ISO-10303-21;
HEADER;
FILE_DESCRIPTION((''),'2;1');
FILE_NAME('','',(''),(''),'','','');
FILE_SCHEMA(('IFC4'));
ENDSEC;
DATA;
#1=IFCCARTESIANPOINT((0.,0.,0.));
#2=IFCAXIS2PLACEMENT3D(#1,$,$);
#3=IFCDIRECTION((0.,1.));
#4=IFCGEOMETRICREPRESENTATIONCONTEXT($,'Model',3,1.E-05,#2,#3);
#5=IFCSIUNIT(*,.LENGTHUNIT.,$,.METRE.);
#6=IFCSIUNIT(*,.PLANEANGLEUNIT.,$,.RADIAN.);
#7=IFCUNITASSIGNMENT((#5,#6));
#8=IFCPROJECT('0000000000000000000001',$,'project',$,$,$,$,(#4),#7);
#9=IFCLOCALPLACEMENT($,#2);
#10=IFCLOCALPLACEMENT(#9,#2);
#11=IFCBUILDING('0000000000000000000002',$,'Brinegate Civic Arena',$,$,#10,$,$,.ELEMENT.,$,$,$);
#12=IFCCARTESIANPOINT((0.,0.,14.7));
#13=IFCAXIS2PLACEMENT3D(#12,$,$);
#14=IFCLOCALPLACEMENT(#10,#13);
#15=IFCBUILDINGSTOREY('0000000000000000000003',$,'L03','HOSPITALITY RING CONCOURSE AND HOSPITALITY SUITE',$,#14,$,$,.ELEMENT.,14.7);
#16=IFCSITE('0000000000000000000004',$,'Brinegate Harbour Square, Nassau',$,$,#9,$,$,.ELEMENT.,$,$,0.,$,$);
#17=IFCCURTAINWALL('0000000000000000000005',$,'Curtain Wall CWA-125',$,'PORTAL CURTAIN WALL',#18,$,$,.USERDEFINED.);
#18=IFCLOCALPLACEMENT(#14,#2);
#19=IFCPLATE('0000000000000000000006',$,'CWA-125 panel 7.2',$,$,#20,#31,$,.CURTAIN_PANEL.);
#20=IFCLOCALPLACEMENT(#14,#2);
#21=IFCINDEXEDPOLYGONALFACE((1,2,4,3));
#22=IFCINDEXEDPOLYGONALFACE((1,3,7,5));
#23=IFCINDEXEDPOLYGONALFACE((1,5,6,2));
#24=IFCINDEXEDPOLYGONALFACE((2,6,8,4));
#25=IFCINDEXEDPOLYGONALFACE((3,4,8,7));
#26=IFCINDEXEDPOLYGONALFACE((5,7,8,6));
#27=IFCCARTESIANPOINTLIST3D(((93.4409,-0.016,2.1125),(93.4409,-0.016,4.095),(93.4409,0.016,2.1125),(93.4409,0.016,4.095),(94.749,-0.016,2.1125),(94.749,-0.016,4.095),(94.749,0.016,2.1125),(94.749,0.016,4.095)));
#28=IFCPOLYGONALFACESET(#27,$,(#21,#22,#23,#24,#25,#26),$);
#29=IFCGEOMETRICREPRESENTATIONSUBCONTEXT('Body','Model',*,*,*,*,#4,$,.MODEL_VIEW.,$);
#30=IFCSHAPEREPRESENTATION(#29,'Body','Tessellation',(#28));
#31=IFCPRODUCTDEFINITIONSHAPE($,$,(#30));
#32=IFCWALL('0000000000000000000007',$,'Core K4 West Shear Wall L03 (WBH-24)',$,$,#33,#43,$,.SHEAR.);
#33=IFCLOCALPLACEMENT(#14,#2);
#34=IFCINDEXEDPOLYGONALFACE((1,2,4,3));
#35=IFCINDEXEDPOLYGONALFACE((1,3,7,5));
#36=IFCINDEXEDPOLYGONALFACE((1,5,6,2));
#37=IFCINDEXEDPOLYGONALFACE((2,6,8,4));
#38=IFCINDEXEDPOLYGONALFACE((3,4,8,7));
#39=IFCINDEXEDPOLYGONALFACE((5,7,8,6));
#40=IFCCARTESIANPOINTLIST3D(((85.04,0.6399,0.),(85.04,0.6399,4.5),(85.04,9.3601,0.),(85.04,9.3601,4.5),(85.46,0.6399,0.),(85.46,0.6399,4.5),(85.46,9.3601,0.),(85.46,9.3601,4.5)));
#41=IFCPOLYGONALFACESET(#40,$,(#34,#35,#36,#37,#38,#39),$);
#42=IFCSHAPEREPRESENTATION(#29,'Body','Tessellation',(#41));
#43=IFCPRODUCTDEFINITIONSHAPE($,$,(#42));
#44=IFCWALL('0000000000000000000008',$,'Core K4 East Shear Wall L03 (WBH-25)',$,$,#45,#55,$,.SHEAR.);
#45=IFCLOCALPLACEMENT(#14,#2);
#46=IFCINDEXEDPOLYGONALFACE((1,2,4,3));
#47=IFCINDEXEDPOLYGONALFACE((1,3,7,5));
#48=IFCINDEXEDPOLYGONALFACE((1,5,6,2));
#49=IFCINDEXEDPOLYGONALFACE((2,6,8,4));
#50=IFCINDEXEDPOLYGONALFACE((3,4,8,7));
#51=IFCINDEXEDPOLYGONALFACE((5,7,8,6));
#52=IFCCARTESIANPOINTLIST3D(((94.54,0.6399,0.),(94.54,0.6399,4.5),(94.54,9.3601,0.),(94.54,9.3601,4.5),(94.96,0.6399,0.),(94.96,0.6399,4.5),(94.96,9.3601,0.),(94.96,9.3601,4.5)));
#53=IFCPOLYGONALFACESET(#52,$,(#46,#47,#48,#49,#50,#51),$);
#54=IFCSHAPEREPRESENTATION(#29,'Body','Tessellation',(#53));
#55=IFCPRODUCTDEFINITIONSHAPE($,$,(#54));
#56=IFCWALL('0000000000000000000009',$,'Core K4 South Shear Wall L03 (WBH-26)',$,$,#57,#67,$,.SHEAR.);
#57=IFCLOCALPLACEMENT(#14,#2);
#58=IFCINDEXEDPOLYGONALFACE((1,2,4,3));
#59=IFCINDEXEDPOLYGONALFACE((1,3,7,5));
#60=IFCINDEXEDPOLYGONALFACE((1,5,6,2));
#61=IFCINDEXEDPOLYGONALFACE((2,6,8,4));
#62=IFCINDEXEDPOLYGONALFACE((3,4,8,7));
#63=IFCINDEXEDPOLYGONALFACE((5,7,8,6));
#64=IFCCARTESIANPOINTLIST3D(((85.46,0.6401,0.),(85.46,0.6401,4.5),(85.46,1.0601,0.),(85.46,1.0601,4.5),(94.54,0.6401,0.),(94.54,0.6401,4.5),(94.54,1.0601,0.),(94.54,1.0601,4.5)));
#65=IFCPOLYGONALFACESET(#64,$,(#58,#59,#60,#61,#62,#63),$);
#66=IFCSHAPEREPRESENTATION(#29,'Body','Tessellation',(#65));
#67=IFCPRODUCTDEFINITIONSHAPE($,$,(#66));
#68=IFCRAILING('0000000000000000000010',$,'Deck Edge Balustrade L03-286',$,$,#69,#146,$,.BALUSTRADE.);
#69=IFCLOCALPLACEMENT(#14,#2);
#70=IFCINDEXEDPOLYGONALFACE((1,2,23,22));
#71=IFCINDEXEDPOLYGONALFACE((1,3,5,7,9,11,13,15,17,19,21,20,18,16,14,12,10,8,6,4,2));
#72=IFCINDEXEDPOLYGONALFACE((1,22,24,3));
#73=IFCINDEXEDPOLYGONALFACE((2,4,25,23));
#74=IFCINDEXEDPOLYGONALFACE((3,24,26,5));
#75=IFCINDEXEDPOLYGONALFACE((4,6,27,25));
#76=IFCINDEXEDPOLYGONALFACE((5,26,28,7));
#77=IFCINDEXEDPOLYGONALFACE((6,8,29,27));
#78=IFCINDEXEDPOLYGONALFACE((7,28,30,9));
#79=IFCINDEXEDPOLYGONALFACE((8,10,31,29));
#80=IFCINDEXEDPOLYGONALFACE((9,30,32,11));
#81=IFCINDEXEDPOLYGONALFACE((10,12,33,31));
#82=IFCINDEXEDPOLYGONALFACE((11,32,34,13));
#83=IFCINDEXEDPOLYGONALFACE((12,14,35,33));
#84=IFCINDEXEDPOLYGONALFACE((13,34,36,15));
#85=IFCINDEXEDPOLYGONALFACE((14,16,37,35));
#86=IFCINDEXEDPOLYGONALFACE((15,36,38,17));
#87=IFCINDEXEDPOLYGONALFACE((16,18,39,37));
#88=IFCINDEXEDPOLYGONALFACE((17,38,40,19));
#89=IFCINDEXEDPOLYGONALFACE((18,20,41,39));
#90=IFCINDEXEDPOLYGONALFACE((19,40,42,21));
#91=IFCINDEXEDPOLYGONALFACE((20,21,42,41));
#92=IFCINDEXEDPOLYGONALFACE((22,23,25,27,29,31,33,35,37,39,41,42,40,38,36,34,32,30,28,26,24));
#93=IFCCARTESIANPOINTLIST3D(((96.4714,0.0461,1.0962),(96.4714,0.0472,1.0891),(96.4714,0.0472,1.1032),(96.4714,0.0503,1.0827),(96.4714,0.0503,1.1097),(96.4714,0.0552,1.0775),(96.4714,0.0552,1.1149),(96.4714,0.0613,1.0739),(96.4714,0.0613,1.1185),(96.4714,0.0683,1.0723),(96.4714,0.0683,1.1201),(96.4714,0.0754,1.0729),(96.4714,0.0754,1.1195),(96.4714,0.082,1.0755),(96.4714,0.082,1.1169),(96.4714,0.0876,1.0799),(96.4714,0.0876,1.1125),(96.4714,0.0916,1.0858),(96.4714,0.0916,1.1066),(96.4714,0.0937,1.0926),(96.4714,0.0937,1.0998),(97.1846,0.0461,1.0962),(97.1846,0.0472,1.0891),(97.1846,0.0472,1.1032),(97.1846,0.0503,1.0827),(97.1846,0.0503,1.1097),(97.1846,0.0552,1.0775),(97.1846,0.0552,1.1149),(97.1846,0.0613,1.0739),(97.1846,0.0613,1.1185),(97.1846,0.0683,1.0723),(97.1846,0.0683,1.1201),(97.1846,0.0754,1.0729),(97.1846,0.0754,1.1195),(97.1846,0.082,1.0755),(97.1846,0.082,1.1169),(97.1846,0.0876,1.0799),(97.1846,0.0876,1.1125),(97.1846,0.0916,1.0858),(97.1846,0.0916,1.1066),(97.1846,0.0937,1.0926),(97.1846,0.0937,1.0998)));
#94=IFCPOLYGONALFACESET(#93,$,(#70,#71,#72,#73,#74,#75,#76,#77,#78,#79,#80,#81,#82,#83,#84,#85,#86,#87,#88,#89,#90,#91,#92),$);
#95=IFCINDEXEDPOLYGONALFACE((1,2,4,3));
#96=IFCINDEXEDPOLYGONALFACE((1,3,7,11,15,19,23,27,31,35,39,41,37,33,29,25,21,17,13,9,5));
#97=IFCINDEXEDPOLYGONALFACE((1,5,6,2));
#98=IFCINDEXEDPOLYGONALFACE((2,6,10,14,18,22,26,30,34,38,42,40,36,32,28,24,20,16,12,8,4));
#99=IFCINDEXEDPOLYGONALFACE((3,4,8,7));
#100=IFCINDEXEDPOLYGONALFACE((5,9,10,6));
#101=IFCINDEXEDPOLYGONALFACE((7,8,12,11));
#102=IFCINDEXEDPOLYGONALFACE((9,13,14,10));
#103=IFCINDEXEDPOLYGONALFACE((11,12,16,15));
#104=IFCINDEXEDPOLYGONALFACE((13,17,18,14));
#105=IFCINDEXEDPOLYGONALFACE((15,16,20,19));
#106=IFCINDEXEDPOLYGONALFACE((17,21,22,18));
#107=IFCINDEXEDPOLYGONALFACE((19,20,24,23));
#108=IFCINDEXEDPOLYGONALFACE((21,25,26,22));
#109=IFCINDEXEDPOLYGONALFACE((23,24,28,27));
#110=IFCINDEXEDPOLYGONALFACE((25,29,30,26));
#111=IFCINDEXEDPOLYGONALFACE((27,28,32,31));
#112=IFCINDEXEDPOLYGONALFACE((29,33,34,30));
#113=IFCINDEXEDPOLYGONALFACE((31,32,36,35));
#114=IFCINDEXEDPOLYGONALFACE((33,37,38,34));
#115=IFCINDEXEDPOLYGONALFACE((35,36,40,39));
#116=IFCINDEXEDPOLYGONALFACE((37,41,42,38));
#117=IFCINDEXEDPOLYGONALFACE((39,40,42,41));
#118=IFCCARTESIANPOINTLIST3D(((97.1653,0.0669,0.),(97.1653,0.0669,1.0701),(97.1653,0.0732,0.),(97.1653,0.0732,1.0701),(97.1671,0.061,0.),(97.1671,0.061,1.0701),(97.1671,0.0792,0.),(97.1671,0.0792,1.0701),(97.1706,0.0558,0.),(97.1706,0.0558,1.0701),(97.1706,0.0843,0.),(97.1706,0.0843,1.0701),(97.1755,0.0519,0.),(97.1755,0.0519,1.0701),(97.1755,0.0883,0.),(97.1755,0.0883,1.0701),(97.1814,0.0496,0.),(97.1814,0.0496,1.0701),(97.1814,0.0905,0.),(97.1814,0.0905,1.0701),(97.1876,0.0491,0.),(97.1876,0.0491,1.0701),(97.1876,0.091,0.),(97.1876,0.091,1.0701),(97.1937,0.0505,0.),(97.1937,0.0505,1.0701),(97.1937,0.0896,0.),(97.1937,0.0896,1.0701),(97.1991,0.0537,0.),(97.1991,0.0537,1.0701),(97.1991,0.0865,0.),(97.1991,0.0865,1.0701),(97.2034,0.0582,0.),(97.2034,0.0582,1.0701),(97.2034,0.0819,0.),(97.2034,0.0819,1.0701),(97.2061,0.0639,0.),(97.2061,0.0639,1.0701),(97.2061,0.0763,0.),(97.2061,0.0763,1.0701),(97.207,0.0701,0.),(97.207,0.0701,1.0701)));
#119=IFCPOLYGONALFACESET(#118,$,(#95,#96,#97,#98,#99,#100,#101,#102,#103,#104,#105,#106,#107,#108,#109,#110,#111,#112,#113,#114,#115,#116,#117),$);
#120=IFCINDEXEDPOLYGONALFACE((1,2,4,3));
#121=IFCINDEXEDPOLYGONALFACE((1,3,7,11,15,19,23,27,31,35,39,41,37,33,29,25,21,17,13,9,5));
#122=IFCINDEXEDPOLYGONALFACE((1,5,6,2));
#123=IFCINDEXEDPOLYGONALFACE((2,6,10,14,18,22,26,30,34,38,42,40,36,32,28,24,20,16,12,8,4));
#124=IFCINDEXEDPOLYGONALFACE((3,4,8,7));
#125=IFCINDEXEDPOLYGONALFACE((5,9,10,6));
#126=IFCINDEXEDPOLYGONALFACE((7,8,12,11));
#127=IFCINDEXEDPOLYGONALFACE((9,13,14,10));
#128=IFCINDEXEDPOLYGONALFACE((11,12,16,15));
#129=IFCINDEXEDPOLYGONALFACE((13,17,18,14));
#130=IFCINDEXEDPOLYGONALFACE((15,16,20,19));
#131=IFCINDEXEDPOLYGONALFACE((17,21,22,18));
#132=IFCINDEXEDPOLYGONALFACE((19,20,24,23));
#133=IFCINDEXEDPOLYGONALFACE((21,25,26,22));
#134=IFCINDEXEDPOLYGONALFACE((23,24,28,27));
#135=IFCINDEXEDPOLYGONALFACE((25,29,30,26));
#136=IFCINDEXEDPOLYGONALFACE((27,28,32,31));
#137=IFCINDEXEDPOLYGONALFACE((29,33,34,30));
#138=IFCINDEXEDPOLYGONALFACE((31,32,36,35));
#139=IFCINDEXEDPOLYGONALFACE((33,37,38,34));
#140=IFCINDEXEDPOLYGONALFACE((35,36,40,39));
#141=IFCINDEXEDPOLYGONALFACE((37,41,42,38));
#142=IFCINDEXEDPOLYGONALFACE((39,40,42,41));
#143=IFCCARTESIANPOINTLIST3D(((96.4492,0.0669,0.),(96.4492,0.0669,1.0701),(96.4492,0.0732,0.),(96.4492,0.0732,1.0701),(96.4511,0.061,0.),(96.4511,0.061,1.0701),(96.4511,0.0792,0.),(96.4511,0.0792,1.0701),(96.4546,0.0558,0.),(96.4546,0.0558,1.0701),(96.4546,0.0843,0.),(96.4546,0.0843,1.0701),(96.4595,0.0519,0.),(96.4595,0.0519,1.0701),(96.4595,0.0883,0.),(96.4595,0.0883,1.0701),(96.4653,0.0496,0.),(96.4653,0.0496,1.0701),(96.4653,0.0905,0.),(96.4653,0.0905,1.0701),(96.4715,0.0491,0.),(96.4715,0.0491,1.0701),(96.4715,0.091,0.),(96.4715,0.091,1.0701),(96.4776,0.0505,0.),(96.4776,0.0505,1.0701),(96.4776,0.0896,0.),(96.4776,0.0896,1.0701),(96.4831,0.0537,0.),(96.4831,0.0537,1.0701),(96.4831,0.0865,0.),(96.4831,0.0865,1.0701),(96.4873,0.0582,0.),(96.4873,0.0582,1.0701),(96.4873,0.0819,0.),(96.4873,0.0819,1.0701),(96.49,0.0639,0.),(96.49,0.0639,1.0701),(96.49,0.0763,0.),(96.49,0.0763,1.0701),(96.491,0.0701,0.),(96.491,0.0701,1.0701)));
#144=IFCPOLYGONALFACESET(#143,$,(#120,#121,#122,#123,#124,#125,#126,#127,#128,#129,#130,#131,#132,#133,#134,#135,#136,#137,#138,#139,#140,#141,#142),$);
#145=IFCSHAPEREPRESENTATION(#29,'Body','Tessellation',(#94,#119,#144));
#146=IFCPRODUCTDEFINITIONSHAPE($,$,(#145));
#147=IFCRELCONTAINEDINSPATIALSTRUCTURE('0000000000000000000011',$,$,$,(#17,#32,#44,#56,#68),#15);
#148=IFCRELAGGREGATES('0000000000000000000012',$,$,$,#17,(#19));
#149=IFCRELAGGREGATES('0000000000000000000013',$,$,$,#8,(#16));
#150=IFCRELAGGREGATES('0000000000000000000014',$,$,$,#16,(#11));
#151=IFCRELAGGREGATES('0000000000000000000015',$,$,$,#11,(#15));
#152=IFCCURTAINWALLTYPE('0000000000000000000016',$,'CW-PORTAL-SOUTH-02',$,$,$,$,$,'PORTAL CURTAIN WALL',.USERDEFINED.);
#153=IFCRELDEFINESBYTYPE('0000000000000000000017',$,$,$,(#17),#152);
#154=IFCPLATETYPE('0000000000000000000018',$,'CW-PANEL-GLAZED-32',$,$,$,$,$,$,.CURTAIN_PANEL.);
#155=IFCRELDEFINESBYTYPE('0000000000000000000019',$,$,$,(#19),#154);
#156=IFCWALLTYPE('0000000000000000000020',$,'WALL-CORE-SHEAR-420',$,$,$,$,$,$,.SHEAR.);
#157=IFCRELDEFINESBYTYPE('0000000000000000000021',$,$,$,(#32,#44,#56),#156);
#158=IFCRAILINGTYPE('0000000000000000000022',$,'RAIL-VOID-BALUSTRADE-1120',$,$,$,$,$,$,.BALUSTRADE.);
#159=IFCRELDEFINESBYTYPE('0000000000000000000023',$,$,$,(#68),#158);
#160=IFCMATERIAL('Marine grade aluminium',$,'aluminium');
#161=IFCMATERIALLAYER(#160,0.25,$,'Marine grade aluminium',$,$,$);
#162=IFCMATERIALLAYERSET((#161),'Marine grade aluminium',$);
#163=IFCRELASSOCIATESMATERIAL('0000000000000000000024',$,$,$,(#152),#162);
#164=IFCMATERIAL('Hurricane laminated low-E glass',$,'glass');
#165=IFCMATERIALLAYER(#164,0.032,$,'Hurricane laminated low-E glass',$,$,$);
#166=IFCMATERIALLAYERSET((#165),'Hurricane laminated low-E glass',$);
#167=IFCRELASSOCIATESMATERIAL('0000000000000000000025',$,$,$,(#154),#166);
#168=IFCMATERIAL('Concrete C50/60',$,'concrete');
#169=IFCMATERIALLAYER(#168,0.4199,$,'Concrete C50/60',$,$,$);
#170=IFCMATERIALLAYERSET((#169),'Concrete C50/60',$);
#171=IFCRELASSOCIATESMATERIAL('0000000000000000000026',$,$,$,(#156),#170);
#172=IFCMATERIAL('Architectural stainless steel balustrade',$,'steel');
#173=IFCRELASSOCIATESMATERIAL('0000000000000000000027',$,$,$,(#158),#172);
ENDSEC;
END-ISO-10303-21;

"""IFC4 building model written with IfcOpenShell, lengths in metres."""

from ifc_helpers import new_model, si_unit, direction, frame, frame_2d, origin, origin_2d, place, context, subcontext, project, spatial, rectangle, circle, extrude, material, layer, layer_set, type_object, element, aggregate, save


model = new_model("IFC4")

# Units and contexts
model_context = context("Model", 3, precision=1e-05, world=origin(), true_north=direction((0.0, 1.0)))
body_context = subcontext(model_context, "Body", "Model", "MODEL_VIEW")
ifc_project = project(units=[si_unit("LENGTHUNIT", "METRE"), si_unit("PLANEANGLEUNIT", "RADIAN")], contexts=[model_context])

# Site, building, storey
site_placement = place(None, origin())
site = spatial("IfcSite", under=ifc_project, at=site_placement, Name="Brinegate Harbour Square, Nassau", CompositionType="ELEMENT", RefElevation=0.0)
building_placement = place(site_placement, origin())
building = spatial("IfcBuilding", under=site, at=building_placement, Name="Brinegate Civic Arena", CompositionType="ELEMENT")
storey_placement = place(building_placement, frame((0.0, 0.0, 14.7)))
storey = spatial("IfcBuildingStorey", under=building, at=storey_placement, Name="L03", Description="HOSPITALITY RING CONCOURSE AND HOSPITALITY SUITE", CompositionType="ELEMENT", Elevation=14.7)

# Shared definitions
ifc_material_1 = material(Name="Concrete C50/60", Category="concrete")

# Curtain wall
ifc_material_2 = material(Name="Marine grade aluminium", Category="aluminium")
ifc_layer_1 = layer(ifc_material_2, 0.25, Name="Marine grade aluminium")
ifc_layer_set_1 = layer_set([ifc_layer_1], Name="Marine grade aluminium")
curtain_wall_type = type_object("IfcCurtainWallType", Name="CW-PORTAL-SOUTH-02", ElementType="PORTAL CURTAIN WALL", PredefinedType="USERDEFINED", material=ifc_layer_set_1)
curtain_wall_1_placement = place(storey_placement, origin())
curtain_wall_1 = element("IfcCurtainWall", 1, at=curtain_wall_1_placement, inside=storey, type_object=curtain_wall_type, Name="Curtain Wall CWA-125", ObjectType="PORTAL CURTAIN WALL", PredefinedType="USERDEFINED")

# Plate
ifc_material_3 = material(Name="Hurricane laminated low-E glass", Category="glass")
ifc_layer_2 = layer(ifc_material_3, 0.032, Name="Hurricane laminated low-E glass")
ifc_layer_set_2 = layer_set([ifc_layer_2], Name="Hurricane laminated low-E glass")
plate_type = type_object("IfcPlateType", Name="CW-PANEL-GLAZED-32", PredefinedType="CURTAIN_PANEL", material=ifc_layer_set_2)
plate_1_placement = place(storey_placement, frame((94.095, 0.0, 2.1125), z_axis=(0.0, 0.0, 1.0), x_axis=(1.0, 0.0, 0.0)))
plate_1 = element("IfcPlate", 2, at=plate_1_placement, type_object=plate_type, Name="CWA-125 panel 7.2", PredefinedType="CURTAIN_PANEL", context=body_context, shape_type="SweptSolid", body=[
    extrude(rectangle(XDim=1.3081, YDim=0.032, at=origin_2d()), origin(), (0.0, 0.0, 1.0), 1.9824),
])
aggregate(curtain_wall_1, [plate_1])

# Walls
ifc_layer_3 = layer(ifc_material_1, 0.4199, Name="Concrete C50/60")
ifc_layer_set_3 = layer_set([ifc_layer_3], Name="Concrete C50/60")
wall_type = type_object("IfcWallType", Name="WALL-CORE-SHEAR-420", PredefinedType="SHEAR", material=ifc_layer_set_3)
for number, where, z_axis, x_axis, name in (
    (3, (85.25, 0.6399, 0.0), (0.0, 0.0, 1.0), (0.0, 1.0, 0.0), "Core K4 West Shear Wall L03 (WBH-24)"),
    (4, (94.75, 0.6399, 0.0), (0.0, 0.0, 1.0), (0.0, 1.0, 0.0), "Core K4 East Shear Wall L03 (WBH-25)"),
):
    element("IfcWall", number, at=place(storey_placement, frame(where, z_axis=z_axis, x_axis=x_axis)), inside=storey, type_object=wall_type, Name=name, PredefinedType="SHEAR", context=body_context, shape_type="SweptSolid", body=[
        extrude(rectangle(XDim=8.7202, YDim=0.4199, at=frame_2d((4.3601, 0.0))), origin(), (0.0, 0.0, 1.0), 4.5),
    ])
wall_placement = place(storey_placement, frame((85.46, 0.8501, 0.0), z_axis=(0.0, 0.0, 1.0), x_axis=(1.0, 0.0, 0.0)))
element("IfcWall", 5, at=wall_placement, inside=storey, type_object=wall_type, Name="Core K4 South Shear Wall L03 (WBH-26)", PredefinedType="SHEAR", context=body_context, shape_type="SweptSolid", body=[
    extrude(rectangle(XDim=9.0801, YDim=0.4199, at=frame_2d((4.54, 0.0))), origin(), (0.0, 0.0, 1.0), 4.5),
])

# Railing
ifc_material_4 = material(Name="Architectural stainless steel balustrade", Category="steel")
railing_type = type_object("IfcRailingType", Name="RAIL-VOID-BALUSTRADE-1120", PredefinedType="BALUSTRADE", material=ifc_material_4)
for number, where, name in (
    (6, (97.186, 0.0701, 0.0), "Deck Edge Balustrade L03-286"),
):
    element("IfcRailing", number, at=place(storey_placement, frame(where)), inside=storey, type_object=railing_type, Name=name, PredefinedType="BALUSTRADE", context=body_context, shape_type="SweptSolid", body=[
        extrude(circle(Radius=0.0239, at=origin_2d()), frame((-0.0015, 0.0, 1.0962), z_axis=(-1.0, 0.0, 0.0), x_axis=(0.0, -1.0, 0.0)), (0.0, 0.0, 1.0), 0.7131),
        extrude(circle(Radius=0.021, at=origin_2d()), origin(), (0.0, 0.0, 1.0), 1.0701),
        extrude(circle(Radius=0.021, at=origin_2d()), frame((-0.7161, 0.0, 0.0)), (0.0, 0.0, 1.0), 1.0701),
    ])

save(model, "model.ifc")
